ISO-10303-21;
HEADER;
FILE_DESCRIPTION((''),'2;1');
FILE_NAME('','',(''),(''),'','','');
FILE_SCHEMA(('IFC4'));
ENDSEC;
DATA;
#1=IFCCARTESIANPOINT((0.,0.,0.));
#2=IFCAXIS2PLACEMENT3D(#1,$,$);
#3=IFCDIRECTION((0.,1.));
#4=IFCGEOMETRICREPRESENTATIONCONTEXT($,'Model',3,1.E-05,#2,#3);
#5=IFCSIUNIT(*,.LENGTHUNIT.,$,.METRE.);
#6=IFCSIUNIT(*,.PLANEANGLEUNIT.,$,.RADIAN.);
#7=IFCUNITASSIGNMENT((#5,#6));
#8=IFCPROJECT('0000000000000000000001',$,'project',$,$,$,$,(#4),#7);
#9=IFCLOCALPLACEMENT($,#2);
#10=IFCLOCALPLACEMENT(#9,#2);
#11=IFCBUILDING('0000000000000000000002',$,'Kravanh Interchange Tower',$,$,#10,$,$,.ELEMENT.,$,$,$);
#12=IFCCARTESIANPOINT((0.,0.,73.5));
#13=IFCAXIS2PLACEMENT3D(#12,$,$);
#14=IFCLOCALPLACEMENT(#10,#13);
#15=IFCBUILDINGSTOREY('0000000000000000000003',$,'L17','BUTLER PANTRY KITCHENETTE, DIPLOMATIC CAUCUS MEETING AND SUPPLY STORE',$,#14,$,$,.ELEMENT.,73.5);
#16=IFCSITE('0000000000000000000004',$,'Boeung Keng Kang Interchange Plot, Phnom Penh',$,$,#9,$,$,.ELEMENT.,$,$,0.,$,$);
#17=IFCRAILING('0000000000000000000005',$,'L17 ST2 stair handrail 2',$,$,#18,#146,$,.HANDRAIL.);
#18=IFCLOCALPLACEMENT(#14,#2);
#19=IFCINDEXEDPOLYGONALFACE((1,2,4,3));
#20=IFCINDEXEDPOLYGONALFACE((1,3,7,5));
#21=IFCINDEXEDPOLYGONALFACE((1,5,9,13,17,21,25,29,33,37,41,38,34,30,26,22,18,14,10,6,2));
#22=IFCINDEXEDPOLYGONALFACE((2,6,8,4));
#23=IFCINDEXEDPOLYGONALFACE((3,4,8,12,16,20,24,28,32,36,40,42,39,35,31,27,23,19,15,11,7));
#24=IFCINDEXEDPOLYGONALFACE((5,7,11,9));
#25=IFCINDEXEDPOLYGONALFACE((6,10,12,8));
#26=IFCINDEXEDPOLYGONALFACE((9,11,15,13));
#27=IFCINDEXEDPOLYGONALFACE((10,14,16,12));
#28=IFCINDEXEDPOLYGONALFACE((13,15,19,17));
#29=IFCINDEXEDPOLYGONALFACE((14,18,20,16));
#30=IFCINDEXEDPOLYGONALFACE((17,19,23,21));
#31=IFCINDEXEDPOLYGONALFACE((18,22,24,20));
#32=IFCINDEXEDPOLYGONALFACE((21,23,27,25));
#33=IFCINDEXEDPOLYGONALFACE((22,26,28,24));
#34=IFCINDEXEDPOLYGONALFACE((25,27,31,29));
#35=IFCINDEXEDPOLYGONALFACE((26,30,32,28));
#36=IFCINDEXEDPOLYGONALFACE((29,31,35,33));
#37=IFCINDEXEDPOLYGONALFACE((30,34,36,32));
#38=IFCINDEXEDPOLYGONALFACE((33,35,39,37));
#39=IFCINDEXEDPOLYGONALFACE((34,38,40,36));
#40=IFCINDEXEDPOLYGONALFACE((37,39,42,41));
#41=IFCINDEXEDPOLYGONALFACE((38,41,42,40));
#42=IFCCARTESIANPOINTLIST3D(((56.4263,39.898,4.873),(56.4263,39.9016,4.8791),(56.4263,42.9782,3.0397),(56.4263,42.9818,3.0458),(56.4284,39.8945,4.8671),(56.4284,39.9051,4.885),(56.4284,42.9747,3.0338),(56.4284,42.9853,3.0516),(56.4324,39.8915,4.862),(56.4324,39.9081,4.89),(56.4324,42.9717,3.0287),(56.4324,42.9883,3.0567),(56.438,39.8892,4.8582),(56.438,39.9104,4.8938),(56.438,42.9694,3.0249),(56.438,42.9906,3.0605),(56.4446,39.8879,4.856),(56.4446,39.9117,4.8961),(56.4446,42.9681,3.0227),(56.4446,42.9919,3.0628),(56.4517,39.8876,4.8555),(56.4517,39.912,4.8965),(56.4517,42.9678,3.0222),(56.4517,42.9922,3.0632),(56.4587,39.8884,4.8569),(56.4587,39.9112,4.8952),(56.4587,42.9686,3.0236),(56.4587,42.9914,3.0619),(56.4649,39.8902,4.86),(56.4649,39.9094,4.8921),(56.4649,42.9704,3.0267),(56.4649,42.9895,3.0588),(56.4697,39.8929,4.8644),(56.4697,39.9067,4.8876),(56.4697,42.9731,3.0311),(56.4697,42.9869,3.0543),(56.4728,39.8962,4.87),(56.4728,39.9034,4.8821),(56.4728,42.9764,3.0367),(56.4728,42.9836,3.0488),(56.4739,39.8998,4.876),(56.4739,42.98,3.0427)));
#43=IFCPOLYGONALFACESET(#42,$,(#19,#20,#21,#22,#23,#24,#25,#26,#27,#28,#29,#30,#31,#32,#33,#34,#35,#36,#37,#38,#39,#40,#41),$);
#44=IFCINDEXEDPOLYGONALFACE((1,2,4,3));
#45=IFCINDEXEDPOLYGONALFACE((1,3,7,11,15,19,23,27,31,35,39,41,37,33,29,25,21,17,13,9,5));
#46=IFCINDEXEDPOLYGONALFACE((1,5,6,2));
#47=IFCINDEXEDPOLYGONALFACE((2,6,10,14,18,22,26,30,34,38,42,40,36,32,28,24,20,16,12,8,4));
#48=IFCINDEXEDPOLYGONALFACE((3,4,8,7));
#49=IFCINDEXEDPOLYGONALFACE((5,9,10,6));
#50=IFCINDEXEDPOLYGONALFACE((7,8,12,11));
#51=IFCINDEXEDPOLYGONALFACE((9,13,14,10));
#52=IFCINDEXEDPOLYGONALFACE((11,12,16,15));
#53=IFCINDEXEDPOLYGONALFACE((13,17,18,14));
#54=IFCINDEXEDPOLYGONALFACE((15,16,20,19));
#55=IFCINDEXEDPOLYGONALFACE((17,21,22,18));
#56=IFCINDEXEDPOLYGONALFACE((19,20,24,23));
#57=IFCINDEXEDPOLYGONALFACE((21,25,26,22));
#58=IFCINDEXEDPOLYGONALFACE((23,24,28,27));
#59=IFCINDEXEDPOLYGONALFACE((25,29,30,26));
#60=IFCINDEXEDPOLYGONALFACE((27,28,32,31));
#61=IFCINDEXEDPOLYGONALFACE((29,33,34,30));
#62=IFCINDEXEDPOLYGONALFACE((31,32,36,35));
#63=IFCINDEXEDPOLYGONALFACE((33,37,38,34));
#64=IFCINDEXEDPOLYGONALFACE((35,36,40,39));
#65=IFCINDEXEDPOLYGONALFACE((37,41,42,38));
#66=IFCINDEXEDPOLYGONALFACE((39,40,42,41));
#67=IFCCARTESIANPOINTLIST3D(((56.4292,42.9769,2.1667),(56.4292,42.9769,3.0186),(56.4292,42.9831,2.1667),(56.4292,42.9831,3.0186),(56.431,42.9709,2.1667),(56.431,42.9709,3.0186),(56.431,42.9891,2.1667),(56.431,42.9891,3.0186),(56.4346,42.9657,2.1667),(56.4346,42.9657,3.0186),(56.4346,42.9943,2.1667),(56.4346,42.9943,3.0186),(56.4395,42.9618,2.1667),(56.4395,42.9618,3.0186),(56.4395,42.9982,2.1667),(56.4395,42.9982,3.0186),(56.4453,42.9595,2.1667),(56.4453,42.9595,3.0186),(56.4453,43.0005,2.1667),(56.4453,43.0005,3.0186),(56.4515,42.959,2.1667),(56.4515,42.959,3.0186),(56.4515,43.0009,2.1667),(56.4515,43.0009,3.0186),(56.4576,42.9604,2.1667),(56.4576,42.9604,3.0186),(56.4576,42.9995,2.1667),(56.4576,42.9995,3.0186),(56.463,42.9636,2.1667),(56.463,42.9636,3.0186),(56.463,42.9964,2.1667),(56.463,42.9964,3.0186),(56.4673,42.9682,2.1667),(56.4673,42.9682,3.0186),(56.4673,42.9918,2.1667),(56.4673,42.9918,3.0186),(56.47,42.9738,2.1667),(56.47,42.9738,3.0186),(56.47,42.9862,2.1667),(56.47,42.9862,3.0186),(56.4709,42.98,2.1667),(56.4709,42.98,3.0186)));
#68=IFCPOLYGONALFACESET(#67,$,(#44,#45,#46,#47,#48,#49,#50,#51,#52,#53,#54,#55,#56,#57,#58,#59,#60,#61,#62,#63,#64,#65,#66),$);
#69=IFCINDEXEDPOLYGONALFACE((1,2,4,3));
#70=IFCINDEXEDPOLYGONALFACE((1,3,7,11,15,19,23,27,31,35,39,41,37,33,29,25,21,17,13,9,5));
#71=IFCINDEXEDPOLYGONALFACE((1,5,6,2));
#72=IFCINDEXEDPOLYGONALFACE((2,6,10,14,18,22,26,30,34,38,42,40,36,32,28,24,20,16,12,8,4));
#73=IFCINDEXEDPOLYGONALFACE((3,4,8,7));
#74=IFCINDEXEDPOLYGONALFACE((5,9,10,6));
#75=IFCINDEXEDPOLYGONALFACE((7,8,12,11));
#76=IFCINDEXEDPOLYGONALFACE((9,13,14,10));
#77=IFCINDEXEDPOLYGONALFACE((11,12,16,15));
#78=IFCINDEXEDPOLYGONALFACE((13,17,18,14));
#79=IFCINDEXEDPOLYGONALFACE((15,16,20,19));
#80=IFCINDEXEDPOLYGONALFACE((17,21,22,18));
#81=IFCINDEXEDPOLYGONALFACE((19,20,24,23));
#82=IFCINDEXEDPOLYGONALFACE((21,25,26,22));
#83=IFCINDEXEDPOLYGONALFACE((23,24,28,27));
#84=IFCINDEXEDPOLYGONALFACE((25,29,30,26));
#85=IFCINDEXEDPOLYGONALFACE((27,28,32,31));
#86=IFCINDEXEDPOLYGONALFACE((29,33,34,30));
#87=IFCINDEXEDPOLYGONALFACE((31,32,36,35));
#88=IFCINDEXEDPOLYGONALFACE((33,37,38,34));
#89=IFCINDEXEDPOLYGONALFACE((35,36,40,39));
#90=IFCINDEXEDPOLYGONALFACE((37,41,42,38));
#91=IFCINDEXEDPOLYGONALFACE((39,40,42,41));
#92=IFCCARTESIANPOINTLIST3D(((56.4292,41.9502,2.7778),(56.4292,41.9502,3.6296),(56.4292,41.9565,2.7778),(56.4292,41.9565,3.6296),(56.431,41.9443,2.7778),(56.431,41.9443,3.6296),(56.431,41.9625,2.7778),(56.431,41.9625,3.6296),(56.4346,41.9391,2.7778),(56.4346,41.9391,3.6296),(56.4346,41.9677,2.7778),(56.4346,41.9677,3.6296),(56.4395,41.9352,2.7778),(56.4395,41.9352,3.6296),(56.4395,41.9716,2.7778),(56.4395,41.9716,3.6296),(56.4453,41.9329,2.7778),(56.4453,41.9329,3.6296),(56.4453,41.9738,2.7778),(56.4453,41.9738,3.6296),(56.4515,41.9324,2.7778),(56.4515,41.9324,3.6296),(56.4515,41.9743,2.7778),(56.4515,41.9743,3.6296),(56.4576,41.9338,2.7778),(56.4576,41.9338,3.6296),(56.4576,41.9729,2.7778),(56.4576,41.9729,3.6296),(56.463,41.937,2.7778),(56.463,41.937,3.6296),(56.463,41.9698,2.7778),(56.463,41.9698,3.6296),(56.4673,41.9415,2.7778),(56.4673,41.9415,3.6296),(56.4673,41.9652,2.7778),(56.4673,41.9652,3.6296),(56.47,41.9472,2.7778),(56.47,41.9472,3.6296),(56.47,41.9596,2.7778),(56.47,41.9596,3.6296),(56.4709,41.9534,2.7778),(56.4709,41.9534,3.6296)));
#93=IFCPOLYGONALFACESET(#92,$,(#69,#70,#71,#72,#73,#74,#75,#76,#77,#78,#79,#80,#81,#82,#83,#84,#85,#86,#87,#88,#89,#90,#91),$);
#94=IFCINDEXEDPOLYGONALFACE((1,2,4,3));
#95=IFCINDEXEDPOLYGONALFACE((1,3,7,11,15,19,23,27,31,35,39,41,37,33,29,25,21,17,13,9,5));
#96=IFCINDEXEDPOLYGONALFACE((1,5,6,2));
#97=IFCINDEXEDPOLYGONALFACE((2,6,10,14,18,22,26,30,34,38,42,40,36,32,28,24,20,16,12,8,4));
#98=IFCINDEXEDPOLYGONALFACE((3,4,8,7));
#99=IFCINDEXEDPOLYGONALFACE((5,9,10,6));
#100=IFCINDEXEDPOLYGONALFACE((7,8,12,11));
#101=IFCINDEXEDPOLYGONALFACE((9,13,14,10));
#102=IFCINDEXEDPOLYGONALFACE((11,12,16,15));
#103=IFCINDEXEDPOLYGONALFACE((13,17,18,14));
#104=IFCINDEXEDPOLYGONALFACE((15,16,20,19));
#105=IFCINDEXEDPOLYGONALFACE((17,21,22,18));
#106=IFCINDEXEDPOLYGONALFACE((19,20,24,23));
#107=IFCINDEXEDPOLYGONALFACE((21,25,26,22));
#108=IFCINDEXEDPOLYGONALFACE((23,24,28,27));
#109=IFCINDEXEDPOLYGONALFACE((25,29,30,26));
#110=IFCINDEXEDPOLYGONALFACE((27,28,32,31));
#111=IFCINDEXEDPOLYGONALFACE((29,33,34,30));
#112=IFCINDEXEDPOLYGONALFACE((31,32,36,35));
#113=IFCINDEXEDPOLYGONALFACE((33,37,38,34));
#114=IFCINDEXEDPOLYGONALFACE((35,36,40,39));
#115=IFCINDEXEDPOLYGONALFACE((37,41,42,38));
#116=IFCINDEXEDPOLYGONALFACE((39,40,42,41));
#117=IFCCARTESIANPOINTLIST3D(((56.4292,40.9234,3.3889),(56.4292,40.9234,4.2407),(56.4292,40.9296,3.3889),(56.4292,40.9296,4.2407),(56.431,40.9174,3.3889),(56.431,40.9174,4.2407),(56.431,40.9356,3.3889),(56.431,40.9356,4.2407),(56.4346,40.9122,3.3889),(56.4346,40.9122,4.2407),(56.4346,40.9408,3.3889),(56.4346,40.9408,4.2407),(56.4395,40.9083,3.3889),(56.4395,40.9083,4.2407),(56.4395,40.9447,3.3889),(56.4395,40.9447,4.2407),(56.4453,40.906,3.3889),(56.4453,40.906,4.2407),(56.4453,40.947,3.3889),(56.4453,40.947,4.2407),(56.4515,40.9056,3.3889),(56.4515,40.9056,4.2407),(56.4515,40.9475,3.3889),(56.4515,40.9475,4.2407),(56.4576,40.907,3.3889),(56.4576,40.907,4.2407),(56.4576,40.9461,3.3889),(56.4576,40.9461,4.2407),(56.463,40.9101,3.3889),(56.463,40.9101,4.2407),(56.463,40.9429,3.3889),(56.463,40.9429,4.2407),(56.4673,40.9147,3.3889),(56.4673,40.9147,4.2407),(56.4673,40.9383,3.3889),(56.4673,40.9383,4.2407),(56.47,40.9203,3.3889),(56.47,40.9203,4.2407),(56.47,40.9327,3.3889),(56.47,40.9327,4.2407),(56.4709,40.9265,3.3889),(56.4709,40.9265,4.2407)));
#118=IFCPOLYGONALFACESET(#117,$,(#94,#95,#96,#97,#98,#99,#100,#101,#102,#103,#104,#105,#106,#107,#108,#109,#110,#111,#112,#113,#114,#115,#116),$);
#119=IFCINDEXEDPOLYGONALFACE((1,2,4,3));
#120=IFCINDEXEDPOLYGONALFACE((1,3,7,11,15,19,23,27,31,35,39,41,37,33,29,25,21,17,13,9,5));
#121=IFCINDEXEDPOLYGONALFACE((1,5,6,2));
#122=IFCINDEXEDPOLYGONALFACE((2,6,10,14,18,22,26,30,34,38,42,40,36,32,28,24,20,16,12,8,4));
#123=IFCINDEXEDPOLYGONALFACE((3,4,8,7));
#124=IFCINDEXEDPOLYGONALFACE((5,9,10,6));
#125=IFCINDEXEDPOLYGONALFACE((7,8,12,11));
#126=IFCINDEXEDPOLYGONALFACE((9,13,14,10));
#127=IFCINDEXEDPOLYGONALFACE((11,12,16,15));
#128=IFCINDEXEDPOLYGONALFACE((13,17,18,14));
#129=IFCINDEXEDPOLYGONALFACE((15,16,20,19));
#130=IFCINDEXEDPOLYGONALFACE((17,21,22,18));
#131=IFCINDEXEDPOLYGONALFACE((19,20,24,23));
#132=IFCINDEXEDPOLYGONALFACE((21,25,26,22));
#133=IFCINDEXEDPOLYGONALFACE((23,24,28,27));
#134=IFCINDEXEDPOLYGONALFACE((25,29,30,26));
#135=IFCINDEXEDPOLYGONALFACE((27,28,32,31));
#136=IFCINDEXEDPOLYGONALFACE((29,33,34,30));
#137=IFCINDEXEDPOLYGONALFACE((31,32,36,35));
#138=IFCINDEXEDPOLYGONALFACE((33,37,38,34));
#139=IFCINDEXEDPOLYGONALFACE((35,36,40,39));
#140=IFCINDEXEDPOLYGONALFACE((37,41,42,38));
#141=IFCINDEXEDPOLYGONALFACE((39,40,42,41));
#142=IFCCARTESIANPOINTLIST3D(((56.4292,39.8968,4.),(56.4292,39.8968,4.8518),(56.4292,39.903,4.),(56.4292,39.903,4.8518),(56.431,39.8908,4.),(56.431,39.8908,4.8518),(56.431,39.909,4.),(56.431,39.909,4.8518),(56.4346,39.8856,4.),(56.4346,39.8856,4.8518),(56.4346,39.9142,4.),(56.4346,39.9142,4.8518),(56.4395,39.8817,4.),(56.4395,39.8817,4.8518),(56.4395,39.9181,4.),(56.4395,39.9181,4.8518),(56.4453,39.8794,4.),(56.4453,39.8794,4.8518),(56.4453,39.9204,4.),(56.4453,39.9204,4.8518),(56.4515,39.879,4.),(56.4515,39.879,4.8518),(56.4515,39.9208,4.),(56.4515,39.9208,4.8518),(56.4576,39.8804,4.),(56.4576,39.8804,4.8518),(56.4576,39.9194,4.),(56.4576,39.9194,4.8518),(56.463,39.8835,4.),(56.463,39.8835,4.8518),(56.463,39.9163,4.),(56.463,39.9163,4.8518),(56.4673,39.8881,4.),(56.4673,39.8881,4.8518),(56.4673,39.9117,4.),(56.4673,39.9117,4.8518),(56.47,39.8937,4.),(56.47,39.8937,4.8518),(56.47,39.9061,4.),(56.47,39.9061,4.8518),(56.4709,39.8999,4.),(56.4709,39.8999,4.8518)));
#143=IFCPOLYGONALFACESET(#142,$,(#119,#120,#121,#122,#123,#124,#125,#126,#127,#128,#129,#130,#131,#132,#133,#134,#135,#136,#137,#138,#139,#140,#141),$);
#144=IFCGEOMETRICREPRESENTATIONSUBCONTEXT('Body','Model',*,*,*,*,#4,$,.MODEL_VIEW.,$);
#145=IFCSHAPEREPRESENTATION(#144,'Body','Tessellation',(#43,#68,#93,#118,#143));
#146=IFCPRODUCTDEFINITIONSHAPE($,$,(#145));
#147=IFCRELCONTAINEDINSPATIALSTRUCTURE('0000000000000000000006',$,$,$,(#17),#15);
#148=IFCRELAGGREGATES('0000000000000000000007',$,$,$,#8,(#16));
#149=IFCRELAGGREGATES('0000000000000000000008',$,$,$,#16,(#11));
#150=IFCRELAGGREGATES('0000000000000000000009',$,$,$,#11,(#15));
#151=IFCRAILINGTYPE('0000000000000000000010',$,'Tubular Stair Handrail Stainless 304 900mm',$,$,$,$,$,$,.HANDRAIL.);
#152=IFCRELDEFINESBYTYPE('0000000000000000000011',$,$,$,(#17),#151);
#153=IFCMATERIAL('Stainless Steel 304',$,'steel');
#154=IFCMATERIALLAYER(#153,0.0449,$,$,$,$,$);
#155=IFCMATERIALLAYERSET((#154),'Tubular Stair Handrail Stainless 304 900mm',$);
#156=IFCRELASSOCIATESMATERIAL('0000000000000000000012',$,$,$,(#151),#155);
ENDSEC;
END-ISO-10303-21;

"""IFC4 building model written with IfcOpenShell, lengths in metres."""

from ifc_helpers import new_model, si_unit, direction, frame, origin, origin_2d, place, context, subcontext, project, spatial, circle, extrude, material, layer, layer_set, type_object, element, save


model = new_model("IFC4")

# Units and contexts
model_context = context("Model", 3, precision=1e-05, world=origin(), true_north=direction((0.0, 1.0)))
body_context = subcontext(model_context, "Body", "Model", "MODEL_VIEW")
ifc_project = project(units=[si_unit("LENGTHUNIT", "METRE"), si_unit("PLANEANGLEUNIT", "RADIAN")], contexts=[model_context])

# Site, building, storey
site_placement = place(None, origin())
site = spatial("IfcSite", under=ifc_project, at=site_placement, Name="Boeung Keng Kang Interchange Plot, Phnom Penh", CompositionType="ELEMENT", RefElevation=0.0)
building_placement = place(site_placement, origin())
building = spatial("IfcBuilding", under=site, at=building_placement, Name="Kravanh Interchange Tower", CompositionType="ELEMENT")
storey_placement = place(building_placement, frame((0.0, 0.0, 73.5)))
storey = spatial("IfcBuildingStorey", under=building, at=storey_placement, Name="L17", Description="BUTLER PANTRY KITCHENETTE, DIPLOMATIC CAUCUS MEETING AND SUPPLY STORE", CompositionType="ELEMENT", Elevation=73.5)

# Railing
ifc_material_1 = material(Name="Stainless Steel 304", Category="steel")
ifc_layer_1 = layer(ifc_material_1, 0.0449)
ifc_layer_set_1 = layer_set([ifc_layer_1], Name="Tubular Stair Handrail Stainless 304 900mm")
railing_type_1 = type_object("IfcRailingType", Name="Tubular Stair Handrail Stainless 304 900mm", PredefinedType="HANDRAIL", material=ifc_layer_set_1)
railing_1_placement = place(storey_placement, frame((56.45, 42.98, 2.1667)))
element("IfcRailing", 1, at=railing_1_placement, inside=storey, type_object=railing_type_1, Name="L17 ST2 stair handrail 2", PredefinedType="HANDRAIL", context=body_context, shape_type="SweptSolid", body=[
    extrude(circle(Radius=0.0239, at=origin_2d()), frame((0.0, 0.0, 0.876), z_axis=(0.0, -0.859309, 0.511458), x_axis=(1.0, 0.0, 0.0)), (0.0, 0.0, 1.0), 3.5845),
    extrude(circle(Radius=0.021, at=origin_2d()), origin(), (0.0, 0.0, 1.0), 0.8518),
    extrude(circle(Radius=0.021, at=origin_2d()), frame((0.0, -1.0266, 0.6111)), (0.0, 0.0, 1.0), 0.8518),
    extrude(circle(Radius=0.021, at=origin_2d()), frame((0.0, -2.0535, 1.2222)), (0.0, 0.0, 1.0), 0.8518),
    extrude(circle(Radius=0.021, at=origin_2d()), frame((0.0, -3.0801, 1.8333)), (0.0, 0.0, 1.0), 0.8518),
])

save(model, "model.ifc")
